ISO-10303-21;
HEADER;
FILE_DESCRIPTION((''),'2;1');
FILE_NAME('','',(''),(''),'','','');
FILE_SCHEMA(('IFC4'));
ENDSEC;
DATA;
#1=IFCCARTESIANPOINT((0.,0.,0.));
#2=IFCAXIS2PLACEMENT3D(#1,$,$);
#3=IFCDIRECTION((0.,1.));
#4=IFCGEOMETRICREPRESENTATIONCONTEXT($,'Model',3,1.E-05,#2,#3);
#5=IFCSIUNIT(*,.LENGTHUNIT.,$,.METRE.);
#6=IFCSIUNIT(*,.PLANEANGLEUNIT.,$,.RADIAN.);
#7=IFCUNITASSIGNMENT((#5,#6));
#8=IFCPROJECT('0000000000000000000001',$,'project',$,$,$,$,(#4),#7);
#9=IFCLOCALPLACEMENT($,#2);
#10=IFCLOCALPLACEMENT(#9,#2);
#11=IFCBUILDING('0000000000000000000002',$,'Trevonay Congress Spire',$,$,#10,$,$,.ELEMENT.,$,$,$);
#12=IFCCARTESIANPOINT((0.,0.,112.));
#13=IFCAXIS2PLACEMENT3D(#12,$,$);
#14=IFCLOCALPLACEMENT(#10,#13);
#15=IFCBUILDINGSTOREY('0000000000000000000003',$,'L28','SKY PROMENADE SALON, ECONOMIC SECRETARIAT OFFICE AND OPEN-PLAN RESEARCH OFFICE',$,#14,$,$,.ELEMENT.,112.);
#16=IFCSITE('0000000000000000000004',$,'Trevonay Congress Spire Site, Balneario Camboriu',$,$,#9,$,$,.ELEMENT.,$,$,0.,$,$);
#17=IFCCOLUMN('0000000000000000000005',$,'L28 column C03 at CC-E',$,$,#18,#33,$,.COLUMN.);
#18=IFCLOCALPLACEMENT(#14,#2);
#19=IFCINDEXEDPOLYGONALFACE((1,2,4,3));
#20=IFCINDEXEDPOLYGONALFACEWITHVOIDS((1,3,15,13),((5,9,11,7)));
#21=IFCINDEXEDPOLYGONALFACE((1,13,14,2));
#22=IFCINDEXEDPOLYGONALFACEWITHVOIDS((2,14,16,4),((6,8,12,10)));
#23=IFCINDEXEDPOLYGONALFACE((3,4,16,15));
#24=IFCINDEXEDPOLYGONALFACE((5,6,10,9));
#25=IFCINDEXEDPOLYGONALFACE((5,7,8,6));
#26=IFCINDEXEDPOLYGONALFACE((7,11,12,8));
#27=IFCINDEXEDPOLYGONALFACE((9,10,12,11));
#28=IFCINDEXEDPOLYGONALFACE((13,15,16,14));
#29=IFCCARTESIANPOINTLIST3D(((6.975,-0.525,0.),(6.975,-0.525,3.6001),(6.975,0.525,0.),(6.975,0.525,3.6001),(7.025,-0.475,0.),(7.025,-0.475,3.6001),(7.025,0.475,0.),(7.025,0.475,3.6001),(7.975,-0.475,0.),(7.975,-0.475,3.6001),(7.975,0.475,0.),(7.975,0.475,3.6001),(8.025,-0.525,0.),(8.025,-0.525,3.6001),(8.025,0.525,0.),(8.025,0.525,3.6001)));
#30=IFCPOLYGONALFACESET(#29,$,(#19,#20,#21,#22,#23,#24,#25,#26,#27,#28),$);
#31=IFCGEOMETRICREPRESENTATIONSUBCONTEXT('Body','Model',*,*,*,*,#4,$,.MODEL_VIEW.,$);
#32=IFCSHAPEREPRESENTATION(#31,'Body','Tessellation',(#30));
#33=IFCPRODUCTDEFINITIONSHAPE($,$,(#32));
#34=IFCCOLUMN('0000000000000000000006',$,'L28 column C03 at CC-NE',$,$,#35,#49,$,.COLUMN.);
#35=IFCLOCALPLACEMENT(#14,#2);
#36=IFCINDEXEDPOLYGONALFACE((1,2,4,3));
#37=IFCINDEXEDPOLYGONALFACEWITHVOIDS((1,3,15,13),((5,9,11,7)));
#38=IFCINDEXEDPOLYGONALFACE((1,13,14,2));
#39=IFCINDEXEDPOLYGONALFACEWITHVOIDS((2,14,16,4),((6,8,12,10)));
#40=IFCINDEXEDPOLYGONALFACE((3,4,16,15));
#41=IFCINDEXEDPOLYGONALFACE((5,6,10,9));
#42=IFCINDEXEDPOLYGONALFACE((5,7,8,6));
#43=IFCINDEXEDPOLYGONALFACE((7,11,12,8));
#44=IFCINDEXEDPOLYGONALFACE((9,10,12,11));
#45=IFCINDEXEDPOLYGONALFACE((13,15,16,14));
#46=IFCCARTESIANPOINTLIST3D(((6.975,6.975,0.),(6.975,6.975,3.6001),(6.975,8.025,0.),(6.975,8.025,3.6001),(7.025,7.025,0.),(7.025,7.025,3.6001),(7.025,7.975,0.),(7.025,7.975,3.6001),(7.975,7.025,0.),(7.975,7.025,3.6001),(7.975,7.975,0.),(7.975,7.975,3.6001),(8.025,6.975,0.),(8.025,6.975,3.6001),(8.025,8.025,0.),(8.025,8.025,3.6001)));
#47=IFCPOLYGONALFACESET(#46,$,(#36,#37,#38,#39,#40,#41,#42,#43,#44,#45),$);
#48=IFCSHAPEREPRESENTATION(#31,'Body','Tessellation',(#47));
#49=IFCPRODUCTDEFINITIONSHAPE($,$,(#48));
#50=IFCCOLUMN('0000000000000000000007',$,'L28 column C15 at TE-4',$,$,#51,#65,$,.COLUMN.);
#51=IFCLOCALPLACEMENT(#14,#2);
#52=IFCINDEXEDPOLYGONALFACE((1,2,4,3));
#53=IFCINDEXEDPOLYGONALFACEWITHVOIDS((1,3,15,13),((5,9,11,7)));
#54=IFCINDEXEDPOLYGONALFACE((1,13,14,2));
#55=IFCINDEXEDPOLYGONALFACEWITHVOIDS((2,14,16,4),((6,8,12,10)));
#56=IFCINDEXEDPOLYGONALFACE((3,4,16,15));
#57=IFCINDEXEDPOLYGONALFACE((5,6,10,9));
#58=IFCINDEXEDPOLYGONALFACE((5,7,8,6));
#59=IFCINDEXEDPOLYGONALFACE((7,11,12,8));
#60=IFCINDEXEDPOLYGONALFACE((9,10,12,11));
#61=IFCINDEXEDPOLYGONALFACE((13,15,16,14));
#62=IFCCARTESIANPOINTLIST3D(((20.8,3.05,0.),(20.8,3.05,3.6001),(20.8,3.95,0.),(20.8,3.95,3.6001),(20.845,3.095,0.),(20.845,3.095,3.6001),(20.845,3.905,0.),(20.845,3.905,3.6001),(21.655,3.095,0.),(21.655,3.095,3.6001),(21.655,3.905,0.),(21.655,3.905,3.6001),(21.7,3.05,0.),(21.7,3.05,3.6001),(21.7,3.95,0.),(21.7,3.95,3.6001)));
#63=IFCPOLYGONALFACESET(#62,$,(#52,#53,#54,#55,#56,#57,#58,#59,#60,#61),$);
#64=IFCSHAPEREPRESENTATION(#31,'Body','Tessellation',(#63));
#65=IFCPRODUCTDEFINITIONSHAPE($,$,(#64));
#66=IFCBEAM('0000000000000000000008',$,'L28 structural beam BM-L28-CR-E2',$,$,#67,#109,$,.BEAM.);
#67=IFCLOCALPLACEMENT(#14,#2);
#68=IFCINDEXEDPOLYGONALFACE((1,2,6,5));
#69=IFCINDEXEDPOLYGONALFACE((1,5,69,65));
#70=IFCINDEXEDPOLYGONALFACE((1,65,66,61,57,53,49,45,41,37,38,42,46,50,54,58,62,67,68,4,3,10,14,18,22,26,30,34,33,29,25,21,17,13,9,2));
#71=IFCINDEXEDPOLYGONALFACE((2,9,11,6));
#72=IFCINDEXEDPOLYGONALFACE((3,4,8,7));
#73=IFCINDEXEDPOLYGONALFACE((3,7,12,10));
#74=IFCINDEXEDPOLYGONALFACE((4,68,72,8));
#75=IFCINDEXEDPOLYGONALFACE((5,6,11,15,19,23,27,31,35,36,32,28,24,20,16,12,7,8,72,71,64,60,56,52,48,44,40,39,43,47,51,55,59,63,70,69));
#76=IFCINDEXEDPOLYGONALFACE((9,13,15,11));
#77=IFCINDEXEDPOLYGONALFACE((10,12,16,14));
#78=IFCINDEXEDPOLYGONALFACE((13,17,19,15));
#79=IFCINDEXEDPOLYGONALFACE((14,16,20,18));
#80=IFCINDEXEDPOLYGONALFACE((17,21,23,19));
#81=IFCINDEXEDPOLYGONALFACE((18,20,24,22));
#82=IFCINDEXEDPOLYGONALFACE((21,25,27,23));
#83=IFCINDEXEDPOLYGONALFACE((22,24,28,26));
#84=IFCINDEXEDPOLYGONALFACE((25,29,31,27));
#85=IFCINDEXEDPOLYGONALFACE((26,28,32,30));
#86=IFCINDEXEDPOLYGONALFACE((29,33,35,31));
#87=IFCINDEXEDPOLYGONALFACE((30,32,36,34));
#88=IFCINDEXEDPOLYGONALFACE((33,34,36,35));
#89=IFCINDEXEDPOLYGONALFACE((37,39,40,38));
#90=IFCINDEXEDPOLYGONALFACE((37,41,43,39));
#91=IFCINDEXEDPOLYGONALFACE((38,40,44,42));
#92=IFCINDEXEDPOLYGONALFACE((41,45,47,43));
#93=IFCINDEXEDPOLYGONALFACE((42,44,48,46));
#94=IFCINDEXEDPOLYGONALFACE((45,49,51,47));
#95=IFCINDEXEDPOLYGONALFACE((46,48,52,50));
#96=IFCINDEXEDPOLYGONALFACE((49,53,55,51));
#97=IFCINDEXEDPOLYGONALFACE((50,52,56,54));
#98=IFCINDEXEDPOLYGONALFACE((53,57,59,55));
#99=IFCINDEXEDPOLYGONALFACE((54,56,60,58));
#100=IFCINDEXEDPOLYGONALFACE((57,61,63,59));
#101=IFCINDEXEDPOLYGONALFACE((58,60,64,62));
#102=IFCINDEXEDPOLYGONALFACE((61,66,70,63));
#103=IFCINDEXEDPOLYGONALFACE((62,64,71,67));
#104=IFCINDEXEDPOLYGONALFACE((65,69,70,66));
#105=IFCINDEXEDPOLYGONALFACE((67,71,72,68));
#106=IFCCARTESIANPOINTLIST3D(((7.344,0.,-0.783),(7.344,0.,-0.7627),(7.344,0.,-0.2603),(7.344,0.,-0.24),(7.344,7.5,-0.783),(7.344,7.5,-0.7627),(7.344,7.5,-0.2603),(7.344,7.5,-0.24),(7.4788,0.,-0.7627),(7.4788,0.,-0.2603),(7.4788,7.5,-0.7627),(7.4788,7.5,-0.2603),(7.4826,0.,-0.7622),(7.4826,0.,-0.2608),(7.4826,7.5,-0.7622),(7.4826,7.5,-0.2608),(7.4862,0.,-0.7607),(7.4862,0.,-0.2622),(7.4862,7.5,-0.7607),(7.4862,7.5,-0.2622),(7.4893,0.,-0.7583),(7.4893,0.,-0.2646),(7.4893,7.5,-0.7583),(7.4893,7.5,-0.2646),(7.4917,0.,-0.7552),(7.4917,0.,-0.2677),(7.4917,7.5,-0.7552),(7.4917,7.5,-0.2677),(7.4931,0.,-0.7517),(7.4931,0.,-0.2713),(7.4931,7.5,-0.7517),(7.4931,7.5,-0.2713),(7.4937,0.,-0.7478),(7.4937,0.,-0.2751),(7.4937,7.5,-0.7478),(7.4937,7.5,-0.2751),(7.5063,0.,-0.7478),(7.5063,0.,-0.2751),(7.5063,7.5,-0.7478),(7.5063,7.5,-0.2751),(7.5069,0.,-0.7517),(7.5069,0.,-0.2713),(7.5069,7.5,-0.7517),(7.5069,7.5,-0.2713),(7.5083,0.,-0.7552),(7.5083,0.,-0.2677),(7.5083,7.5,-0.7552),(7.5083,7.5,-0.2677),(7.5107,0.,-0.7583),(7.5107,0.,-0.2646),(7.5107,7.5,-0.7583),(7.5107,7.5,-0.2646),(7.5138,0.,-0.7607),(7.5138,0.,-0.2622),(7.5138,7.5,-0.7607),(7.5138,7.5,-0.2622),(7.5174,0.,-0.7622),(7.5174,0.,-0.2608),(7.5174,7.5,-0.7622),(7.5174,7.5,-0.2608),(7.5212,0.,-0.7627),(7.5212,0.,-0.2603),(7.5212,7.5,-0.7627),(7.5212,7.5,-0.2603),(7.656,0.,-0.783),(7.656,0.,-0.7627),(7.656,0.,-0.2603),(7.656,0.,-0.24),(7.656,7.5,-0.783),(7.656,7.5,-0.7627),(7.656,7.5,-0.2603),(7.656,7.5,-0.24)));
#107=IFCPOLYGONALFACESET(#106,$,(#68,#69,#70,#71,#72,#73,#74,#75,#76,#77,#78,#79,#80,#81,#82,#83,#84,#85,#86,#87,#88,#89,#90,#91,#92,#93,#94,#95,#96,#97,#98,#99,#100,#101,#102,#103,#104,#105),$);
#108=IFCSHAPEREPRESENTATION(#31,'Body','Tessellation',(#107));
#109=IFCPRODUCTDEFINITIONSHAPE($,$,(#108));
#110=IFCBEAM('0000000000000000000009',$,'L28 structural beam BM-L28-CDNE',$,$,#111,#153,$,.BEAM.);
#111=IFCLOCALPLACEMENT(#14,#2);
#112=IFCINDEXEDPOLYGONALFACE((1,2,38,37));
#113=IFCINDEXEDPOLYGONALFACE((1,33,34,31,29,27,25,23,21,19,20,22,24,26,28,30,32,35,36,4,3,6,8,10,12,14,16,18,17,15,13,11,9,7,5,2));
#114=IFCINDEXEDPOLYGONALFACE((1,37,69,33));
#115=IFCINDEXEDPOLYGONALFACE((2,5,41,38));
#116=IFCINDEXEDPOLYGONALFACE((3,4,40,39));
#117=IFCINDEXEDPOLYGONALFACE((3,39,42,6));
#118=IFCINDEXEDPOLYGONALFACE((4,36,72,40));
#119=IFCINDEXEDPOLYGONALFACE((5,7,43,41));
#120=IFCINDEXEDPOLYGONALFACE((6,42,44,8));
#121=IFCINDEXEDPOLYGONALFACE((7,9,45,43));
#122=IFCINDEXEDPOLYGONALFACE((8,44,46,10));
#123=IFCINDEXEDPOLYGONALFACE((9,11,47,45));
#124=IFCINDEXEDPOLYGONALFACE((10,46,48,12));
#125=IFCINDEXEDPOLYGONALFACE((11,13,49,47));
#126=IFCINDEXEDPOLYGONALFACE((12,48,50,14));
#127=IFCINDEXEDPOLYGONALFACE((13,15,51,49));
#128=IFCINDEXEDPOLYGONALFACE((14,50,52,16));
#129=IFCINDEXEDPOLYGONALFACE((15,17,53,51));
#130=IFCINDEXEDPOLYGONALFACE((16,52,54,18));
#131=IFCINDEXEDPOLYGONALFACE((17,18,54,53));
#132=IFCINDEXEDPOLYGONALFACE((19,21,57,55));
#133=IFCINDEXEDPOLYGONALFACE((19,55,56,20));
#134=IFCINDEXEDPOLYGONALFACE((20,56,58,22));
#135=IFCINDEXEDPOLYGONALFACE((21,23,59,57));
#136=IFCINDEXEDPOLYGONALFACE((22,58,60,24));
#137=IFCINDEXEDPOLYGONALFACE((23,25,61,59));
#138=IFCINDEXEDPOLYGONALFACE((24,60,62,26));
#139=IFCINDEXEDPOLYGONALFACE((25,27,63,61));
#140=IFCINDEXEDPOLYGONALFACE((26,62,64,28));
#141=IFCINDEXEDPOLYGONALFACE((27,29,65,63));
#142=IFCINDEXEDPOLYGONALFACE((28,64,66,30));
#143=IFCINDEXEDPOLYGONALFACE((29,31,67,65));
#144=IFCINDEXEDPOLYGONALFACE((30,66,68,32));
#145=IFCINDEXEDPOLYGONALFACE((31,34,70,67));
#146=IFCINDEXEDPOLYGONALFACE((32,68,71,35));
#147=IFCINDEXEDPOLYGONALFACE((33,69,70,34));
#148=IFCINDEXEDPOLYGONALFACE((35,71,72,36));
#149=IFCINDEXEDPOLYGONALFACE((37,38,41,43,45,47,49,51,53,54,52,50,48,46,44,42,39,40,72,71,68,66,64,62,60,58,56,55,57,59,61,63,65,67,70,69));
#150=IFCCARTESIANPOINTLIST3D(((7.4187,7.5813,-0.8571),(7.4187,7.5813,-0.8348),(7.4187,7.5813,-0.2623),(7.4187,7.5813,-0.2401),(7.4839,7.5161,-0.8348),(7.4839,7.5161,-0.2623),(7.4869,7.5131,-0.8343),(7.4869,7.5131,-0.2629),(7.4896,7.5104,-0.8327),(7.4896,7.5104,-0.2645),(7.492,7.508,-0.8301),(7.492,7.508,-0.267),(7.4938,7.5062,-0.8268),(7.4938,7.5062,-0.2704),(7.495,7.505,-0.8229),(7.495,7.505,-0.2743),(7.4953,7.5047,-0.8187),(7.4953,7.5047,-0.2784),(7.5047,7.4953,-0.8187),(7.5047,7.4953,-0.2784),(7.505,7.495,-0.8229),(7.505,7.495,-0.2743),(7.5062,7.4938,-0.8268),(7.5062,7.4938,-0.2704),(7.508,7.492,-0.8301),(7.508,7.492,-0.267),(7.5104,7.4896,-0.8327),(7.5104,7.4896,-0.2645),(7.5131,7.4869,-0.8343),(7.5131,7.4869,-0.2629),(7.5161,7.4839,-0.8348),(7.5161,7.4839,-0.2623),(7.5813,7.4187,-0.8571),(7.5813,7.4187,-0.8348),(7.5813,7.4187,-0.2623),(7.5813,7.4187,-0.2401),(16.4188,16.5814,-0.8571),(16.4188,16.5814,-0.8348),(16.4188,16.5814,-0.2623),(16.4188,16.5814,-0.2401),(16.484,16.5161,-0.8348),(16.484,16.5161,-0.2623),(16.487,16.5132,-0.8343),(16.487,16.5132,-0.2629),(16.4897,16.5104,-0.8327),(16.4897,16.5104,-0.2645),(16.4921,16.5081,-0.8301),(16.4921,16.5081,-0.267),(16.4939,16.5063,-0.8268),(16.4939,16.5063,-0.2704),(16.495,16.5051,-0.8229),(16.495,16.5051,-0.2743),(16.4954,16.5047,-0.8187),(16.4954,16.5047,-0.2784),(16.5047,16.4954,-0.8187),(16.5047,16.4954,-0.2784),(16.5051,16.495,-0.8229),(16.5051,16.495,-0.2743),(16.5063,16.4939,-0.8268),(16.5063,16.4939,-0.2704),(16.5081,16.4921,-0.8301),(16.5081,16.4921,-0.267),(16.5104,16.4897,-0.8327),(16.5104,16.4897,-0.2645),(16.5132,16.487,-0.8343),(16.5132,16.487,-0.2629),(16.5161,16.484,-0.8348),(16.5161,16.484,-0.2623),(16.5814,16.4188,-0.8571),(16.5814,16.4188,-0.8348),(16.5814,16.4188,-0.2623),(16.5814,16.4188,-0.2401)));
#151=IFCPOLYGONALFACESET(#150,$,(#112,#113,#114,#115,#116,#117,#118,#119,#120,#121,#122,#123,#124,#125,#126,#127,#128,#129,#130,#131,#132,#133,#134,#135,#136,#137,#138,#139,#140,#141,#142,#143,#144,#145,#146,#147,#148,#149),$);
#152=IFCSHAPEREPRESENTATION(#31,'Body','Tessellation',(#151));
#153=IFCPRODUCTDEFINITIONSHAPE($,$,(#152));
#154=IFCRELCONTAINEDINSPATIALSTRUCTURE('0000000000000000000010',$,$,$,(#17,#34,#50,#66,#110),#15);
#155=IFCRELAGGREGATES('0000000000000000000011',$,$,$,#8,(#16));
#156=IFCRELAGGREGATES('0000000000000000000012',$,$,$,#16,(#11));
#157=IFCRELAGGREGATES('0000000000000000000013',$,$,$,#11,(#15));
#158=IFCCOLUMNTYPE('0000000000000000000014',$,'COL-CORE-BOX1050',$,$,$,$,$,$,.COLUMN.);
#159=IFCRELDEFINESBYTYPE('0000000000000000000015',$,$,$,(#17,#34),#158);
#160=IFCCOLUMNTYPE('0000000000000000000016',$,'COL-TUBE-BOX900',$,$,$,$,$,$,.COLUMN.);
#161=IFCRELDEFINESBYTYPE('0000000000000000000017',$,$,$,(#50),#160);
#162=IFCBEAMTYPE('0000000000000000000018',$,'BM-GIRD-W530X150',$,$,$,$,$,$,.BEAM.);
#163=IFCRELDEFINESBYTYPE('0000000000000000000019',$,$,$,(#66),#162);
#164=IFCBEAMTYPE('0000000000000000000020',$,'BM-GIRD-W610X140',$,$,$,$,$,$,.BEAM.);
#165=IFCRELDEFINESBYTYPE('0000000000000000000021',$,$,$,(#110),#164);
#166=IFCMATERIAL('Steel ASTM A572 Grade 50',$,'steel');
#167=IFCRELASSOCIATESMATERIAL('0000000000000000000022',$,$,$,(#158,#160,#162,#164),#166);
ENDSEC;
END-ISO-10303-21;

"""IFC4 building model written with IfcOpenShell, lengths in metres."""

from ifc_helpers import new_model, si_unit, direction, frame, origin, origin_2d, place, context, subcontext, project, spatial, hollow_rectangle, i_section, extrude, material, material_profile, profile_set, type_object, element, save


model = new_model("IFC4")

# Units and contexts
model_context = context("Model", 3, precision=1e-05, world=origin(), true_north=direction((0.0, 1.0)))
body_context = subcontext(model_context, "Body", "Model", "MODEL_VIEW")
ifc_project = project(units=[si_unit("LENGTHUNIT", "METRE"), si_unit("PLANEANGLEUNIT", "RADIAN")], contexts=[model_context])

# Site, building, storey
site_placement = place(None, origin())
site = spatial("IfcSite", under=ifc_project, at=site_placement, Name="Trevonay Congress Spire Site, Balneario Camboriu", CompositionType="ELEMENT", RefElevation=0.0)
building_placement = place(site_placement, origin())
building = spatial("IfcBuilding", under=site, at=building_placement, Name="Trevonay Congress Spire", CompositionType="ELEMENT")
storey_placement = place(building_placement, frame((0.0, 0.0, 112.0)))
storey = spatial("IfcBuildingStorey", under=building, at=storey_placement, Name="L28", Description="SKY PROMENADE SALON, ECONOMIC SECRETARIAT OFFICE AND OPEN-PLAN RESEARCH OFFICE", CompositionType="ELEMENT", Elevation=112.0)

# Columns
ifc_material_1 = material(Name="Steel ASTM A572 Grade 50", Category="steel")
ifc_material_profile_1 = material_profile(ifc_material_1, hollow_rectangle(XDim=1.05, YDim=1.05, WallThickness=0.05, at=origin_2d()), Name="BOX 1050x1050x50")
ifc_profile_set_1 = profile_set([ifc_material_profile_1], Name="Steel ASTM A572 Grade 50")
column_type_1 = type_object("IfcColumnType", Name="COL-CORE-BOX1050", PredefinedType="COLUMN", material=ifc_profile_set_1)
for number, where, z_axis, x_axis, name in (
    (1, (7.5, 0.0, 0.0), (0.0, 0.0, 1.0), (1.0, 0.0, 0.0), "L28 column C03 at CC-E"),
    (2, (7.5, 7.5, 0.0), (0.0, 0.0, 1.0), (1.0, 0.0, 0.0), "L28 column C03 at CC-NE"),
):
    element("IfcColumn", number, at=place(storey_placement, frame(where, z_axis=z_axis, x_axis=x_axis)), inside=storey, type_object=column_type_1, Name=name, PredefinedType="COLUMN", context=body_context, shape_type="SweptSolid", body=[
        extrude(hollow_rectangle(XDim=1.05, YDim=1.05, WallThickness=0.05, at=origin_2d()), origin(), (0.0, 0.0, 1.0), 3.6001),
    ])
ifc_material_profile_2 = material_profile(ifc_material_1, hollow_rectangle(XDim=0.8999, YDim=0.8999, WallThickness=0.0449, at=origin_2d()), Name="BOX 900x900x45")
ifc_profile_set_2 = profile_set([ifc_material_profile_2], Name="Steel ASTM A572 Grade 50")
column_type_2 = type_object("IfcColumnType", Name="COL-TUBE-BOX900", PredefinedType="COLUMN", material=ifc_profile_set_2)
column_placement = place(storey_placement, frame((21.25, 3.5, 0.0), z_axis=(0.0, 0.0, 1.0), x_axis=(1.0, 0.0, 0.0)))
element("IfcColumn", 3, at=column_placement, inside=storey, type_object=column_type_2, Name="L28 column C15 at TE-4", PredefinedType="COLUMN", context=body_context, shape_type="SweptSolid", body=[
    extrude(hollow_rectangle(XDim=0.8999, YDim=0.8999, WallThickness=0.0449, at=origin_2d()), origin(), (0.0, 0.0, 1.0), 3.6001),
])

# Beams
ifc_material_profile_3 = material_profile(ifc_material_1, i_section(OverallWidth=0.312, OverallDepth=0.543, WebThickness=0.0127, FlangeThickness=0.0203, FilletRadius=0.0149, at=origin_2d()), Name="W530x150")
ifc_profile_set_3 = profile_set([ifc_material_profile_3], Name="Steel ASTM A572 Grade 50")
beam_type_1 = type_object("IfcBeamType", Name="BM-GIRD-W530X150", PredefinedType="BEAM", material=ifc_profile_set_3)
beam_1_placement = place(storey_placement, frame((7.5, 0.0, -0.5115), z_axis=(0.0, 1.0, 0.0), x_axis=(-1.0, 0.0, 0.0)))
element("IfcBeam", 4, at=beam_1_placement, inside=storey, type_object=beam_type_1, Name="L28 structural beam BM-L28-CR-E2", PredefinedType="BEAM", context=body_context, shape_type="SweptSolid", body=[
    extrude(i_section(OverallWidth=0.312, OverallDepth=0.543, WebThickness=0.0127, FlangeThickness=0.0203, FilletRadius=0.0149, at=origin_2d()), origin(), (0.0, 0.0, 1.0), 7.5),
])
ifc_material_profile_4 = material_profile(ifc_material_1, i_section(OverallWidth=0.23, OverallDepth=0.6169, WebThickness=0.0132, FlangeThickness=0.0222, FilletRadius=0.0161, at=origin_2d()), Name="W610x140")
ifc_profile_set_4 = profile_set([ifc_material_profile_4], Name="Steel ASTM A572 Grade 50")
beam_type_2 = type_object("IfcBeamType", Name="BM-GIRD-W610X140", PredefinedType="BEAM", material=ifc_profile_set_4)
beam_2_placement = place(storey_placement, frame((7.5, 7.5, -0.5486), z_axis=(0.707107, 0.707107, 0.0), x_axis=(-0.707107, 0.707107, 0.0)))
element("IfcBeam", 5, at=beam_2_placement, inside=storey, type_object=beam_type_2, Name="L28 structural beam BM-L28-CDNE", PredefinedType="BEAM", context=body_context, shape_type="SweptSolid", body=[
    extrude(i_section(OverallWidth=0.23, OverallDepth=0.6169, WebThickness=0.0132, FlangeThickness=0.0222, FilletRadius=0.0161, at=origin_2d()), origin(), (0.0, 0.0, 1.0), 12.728),
])

save(model, "model.ifc")
